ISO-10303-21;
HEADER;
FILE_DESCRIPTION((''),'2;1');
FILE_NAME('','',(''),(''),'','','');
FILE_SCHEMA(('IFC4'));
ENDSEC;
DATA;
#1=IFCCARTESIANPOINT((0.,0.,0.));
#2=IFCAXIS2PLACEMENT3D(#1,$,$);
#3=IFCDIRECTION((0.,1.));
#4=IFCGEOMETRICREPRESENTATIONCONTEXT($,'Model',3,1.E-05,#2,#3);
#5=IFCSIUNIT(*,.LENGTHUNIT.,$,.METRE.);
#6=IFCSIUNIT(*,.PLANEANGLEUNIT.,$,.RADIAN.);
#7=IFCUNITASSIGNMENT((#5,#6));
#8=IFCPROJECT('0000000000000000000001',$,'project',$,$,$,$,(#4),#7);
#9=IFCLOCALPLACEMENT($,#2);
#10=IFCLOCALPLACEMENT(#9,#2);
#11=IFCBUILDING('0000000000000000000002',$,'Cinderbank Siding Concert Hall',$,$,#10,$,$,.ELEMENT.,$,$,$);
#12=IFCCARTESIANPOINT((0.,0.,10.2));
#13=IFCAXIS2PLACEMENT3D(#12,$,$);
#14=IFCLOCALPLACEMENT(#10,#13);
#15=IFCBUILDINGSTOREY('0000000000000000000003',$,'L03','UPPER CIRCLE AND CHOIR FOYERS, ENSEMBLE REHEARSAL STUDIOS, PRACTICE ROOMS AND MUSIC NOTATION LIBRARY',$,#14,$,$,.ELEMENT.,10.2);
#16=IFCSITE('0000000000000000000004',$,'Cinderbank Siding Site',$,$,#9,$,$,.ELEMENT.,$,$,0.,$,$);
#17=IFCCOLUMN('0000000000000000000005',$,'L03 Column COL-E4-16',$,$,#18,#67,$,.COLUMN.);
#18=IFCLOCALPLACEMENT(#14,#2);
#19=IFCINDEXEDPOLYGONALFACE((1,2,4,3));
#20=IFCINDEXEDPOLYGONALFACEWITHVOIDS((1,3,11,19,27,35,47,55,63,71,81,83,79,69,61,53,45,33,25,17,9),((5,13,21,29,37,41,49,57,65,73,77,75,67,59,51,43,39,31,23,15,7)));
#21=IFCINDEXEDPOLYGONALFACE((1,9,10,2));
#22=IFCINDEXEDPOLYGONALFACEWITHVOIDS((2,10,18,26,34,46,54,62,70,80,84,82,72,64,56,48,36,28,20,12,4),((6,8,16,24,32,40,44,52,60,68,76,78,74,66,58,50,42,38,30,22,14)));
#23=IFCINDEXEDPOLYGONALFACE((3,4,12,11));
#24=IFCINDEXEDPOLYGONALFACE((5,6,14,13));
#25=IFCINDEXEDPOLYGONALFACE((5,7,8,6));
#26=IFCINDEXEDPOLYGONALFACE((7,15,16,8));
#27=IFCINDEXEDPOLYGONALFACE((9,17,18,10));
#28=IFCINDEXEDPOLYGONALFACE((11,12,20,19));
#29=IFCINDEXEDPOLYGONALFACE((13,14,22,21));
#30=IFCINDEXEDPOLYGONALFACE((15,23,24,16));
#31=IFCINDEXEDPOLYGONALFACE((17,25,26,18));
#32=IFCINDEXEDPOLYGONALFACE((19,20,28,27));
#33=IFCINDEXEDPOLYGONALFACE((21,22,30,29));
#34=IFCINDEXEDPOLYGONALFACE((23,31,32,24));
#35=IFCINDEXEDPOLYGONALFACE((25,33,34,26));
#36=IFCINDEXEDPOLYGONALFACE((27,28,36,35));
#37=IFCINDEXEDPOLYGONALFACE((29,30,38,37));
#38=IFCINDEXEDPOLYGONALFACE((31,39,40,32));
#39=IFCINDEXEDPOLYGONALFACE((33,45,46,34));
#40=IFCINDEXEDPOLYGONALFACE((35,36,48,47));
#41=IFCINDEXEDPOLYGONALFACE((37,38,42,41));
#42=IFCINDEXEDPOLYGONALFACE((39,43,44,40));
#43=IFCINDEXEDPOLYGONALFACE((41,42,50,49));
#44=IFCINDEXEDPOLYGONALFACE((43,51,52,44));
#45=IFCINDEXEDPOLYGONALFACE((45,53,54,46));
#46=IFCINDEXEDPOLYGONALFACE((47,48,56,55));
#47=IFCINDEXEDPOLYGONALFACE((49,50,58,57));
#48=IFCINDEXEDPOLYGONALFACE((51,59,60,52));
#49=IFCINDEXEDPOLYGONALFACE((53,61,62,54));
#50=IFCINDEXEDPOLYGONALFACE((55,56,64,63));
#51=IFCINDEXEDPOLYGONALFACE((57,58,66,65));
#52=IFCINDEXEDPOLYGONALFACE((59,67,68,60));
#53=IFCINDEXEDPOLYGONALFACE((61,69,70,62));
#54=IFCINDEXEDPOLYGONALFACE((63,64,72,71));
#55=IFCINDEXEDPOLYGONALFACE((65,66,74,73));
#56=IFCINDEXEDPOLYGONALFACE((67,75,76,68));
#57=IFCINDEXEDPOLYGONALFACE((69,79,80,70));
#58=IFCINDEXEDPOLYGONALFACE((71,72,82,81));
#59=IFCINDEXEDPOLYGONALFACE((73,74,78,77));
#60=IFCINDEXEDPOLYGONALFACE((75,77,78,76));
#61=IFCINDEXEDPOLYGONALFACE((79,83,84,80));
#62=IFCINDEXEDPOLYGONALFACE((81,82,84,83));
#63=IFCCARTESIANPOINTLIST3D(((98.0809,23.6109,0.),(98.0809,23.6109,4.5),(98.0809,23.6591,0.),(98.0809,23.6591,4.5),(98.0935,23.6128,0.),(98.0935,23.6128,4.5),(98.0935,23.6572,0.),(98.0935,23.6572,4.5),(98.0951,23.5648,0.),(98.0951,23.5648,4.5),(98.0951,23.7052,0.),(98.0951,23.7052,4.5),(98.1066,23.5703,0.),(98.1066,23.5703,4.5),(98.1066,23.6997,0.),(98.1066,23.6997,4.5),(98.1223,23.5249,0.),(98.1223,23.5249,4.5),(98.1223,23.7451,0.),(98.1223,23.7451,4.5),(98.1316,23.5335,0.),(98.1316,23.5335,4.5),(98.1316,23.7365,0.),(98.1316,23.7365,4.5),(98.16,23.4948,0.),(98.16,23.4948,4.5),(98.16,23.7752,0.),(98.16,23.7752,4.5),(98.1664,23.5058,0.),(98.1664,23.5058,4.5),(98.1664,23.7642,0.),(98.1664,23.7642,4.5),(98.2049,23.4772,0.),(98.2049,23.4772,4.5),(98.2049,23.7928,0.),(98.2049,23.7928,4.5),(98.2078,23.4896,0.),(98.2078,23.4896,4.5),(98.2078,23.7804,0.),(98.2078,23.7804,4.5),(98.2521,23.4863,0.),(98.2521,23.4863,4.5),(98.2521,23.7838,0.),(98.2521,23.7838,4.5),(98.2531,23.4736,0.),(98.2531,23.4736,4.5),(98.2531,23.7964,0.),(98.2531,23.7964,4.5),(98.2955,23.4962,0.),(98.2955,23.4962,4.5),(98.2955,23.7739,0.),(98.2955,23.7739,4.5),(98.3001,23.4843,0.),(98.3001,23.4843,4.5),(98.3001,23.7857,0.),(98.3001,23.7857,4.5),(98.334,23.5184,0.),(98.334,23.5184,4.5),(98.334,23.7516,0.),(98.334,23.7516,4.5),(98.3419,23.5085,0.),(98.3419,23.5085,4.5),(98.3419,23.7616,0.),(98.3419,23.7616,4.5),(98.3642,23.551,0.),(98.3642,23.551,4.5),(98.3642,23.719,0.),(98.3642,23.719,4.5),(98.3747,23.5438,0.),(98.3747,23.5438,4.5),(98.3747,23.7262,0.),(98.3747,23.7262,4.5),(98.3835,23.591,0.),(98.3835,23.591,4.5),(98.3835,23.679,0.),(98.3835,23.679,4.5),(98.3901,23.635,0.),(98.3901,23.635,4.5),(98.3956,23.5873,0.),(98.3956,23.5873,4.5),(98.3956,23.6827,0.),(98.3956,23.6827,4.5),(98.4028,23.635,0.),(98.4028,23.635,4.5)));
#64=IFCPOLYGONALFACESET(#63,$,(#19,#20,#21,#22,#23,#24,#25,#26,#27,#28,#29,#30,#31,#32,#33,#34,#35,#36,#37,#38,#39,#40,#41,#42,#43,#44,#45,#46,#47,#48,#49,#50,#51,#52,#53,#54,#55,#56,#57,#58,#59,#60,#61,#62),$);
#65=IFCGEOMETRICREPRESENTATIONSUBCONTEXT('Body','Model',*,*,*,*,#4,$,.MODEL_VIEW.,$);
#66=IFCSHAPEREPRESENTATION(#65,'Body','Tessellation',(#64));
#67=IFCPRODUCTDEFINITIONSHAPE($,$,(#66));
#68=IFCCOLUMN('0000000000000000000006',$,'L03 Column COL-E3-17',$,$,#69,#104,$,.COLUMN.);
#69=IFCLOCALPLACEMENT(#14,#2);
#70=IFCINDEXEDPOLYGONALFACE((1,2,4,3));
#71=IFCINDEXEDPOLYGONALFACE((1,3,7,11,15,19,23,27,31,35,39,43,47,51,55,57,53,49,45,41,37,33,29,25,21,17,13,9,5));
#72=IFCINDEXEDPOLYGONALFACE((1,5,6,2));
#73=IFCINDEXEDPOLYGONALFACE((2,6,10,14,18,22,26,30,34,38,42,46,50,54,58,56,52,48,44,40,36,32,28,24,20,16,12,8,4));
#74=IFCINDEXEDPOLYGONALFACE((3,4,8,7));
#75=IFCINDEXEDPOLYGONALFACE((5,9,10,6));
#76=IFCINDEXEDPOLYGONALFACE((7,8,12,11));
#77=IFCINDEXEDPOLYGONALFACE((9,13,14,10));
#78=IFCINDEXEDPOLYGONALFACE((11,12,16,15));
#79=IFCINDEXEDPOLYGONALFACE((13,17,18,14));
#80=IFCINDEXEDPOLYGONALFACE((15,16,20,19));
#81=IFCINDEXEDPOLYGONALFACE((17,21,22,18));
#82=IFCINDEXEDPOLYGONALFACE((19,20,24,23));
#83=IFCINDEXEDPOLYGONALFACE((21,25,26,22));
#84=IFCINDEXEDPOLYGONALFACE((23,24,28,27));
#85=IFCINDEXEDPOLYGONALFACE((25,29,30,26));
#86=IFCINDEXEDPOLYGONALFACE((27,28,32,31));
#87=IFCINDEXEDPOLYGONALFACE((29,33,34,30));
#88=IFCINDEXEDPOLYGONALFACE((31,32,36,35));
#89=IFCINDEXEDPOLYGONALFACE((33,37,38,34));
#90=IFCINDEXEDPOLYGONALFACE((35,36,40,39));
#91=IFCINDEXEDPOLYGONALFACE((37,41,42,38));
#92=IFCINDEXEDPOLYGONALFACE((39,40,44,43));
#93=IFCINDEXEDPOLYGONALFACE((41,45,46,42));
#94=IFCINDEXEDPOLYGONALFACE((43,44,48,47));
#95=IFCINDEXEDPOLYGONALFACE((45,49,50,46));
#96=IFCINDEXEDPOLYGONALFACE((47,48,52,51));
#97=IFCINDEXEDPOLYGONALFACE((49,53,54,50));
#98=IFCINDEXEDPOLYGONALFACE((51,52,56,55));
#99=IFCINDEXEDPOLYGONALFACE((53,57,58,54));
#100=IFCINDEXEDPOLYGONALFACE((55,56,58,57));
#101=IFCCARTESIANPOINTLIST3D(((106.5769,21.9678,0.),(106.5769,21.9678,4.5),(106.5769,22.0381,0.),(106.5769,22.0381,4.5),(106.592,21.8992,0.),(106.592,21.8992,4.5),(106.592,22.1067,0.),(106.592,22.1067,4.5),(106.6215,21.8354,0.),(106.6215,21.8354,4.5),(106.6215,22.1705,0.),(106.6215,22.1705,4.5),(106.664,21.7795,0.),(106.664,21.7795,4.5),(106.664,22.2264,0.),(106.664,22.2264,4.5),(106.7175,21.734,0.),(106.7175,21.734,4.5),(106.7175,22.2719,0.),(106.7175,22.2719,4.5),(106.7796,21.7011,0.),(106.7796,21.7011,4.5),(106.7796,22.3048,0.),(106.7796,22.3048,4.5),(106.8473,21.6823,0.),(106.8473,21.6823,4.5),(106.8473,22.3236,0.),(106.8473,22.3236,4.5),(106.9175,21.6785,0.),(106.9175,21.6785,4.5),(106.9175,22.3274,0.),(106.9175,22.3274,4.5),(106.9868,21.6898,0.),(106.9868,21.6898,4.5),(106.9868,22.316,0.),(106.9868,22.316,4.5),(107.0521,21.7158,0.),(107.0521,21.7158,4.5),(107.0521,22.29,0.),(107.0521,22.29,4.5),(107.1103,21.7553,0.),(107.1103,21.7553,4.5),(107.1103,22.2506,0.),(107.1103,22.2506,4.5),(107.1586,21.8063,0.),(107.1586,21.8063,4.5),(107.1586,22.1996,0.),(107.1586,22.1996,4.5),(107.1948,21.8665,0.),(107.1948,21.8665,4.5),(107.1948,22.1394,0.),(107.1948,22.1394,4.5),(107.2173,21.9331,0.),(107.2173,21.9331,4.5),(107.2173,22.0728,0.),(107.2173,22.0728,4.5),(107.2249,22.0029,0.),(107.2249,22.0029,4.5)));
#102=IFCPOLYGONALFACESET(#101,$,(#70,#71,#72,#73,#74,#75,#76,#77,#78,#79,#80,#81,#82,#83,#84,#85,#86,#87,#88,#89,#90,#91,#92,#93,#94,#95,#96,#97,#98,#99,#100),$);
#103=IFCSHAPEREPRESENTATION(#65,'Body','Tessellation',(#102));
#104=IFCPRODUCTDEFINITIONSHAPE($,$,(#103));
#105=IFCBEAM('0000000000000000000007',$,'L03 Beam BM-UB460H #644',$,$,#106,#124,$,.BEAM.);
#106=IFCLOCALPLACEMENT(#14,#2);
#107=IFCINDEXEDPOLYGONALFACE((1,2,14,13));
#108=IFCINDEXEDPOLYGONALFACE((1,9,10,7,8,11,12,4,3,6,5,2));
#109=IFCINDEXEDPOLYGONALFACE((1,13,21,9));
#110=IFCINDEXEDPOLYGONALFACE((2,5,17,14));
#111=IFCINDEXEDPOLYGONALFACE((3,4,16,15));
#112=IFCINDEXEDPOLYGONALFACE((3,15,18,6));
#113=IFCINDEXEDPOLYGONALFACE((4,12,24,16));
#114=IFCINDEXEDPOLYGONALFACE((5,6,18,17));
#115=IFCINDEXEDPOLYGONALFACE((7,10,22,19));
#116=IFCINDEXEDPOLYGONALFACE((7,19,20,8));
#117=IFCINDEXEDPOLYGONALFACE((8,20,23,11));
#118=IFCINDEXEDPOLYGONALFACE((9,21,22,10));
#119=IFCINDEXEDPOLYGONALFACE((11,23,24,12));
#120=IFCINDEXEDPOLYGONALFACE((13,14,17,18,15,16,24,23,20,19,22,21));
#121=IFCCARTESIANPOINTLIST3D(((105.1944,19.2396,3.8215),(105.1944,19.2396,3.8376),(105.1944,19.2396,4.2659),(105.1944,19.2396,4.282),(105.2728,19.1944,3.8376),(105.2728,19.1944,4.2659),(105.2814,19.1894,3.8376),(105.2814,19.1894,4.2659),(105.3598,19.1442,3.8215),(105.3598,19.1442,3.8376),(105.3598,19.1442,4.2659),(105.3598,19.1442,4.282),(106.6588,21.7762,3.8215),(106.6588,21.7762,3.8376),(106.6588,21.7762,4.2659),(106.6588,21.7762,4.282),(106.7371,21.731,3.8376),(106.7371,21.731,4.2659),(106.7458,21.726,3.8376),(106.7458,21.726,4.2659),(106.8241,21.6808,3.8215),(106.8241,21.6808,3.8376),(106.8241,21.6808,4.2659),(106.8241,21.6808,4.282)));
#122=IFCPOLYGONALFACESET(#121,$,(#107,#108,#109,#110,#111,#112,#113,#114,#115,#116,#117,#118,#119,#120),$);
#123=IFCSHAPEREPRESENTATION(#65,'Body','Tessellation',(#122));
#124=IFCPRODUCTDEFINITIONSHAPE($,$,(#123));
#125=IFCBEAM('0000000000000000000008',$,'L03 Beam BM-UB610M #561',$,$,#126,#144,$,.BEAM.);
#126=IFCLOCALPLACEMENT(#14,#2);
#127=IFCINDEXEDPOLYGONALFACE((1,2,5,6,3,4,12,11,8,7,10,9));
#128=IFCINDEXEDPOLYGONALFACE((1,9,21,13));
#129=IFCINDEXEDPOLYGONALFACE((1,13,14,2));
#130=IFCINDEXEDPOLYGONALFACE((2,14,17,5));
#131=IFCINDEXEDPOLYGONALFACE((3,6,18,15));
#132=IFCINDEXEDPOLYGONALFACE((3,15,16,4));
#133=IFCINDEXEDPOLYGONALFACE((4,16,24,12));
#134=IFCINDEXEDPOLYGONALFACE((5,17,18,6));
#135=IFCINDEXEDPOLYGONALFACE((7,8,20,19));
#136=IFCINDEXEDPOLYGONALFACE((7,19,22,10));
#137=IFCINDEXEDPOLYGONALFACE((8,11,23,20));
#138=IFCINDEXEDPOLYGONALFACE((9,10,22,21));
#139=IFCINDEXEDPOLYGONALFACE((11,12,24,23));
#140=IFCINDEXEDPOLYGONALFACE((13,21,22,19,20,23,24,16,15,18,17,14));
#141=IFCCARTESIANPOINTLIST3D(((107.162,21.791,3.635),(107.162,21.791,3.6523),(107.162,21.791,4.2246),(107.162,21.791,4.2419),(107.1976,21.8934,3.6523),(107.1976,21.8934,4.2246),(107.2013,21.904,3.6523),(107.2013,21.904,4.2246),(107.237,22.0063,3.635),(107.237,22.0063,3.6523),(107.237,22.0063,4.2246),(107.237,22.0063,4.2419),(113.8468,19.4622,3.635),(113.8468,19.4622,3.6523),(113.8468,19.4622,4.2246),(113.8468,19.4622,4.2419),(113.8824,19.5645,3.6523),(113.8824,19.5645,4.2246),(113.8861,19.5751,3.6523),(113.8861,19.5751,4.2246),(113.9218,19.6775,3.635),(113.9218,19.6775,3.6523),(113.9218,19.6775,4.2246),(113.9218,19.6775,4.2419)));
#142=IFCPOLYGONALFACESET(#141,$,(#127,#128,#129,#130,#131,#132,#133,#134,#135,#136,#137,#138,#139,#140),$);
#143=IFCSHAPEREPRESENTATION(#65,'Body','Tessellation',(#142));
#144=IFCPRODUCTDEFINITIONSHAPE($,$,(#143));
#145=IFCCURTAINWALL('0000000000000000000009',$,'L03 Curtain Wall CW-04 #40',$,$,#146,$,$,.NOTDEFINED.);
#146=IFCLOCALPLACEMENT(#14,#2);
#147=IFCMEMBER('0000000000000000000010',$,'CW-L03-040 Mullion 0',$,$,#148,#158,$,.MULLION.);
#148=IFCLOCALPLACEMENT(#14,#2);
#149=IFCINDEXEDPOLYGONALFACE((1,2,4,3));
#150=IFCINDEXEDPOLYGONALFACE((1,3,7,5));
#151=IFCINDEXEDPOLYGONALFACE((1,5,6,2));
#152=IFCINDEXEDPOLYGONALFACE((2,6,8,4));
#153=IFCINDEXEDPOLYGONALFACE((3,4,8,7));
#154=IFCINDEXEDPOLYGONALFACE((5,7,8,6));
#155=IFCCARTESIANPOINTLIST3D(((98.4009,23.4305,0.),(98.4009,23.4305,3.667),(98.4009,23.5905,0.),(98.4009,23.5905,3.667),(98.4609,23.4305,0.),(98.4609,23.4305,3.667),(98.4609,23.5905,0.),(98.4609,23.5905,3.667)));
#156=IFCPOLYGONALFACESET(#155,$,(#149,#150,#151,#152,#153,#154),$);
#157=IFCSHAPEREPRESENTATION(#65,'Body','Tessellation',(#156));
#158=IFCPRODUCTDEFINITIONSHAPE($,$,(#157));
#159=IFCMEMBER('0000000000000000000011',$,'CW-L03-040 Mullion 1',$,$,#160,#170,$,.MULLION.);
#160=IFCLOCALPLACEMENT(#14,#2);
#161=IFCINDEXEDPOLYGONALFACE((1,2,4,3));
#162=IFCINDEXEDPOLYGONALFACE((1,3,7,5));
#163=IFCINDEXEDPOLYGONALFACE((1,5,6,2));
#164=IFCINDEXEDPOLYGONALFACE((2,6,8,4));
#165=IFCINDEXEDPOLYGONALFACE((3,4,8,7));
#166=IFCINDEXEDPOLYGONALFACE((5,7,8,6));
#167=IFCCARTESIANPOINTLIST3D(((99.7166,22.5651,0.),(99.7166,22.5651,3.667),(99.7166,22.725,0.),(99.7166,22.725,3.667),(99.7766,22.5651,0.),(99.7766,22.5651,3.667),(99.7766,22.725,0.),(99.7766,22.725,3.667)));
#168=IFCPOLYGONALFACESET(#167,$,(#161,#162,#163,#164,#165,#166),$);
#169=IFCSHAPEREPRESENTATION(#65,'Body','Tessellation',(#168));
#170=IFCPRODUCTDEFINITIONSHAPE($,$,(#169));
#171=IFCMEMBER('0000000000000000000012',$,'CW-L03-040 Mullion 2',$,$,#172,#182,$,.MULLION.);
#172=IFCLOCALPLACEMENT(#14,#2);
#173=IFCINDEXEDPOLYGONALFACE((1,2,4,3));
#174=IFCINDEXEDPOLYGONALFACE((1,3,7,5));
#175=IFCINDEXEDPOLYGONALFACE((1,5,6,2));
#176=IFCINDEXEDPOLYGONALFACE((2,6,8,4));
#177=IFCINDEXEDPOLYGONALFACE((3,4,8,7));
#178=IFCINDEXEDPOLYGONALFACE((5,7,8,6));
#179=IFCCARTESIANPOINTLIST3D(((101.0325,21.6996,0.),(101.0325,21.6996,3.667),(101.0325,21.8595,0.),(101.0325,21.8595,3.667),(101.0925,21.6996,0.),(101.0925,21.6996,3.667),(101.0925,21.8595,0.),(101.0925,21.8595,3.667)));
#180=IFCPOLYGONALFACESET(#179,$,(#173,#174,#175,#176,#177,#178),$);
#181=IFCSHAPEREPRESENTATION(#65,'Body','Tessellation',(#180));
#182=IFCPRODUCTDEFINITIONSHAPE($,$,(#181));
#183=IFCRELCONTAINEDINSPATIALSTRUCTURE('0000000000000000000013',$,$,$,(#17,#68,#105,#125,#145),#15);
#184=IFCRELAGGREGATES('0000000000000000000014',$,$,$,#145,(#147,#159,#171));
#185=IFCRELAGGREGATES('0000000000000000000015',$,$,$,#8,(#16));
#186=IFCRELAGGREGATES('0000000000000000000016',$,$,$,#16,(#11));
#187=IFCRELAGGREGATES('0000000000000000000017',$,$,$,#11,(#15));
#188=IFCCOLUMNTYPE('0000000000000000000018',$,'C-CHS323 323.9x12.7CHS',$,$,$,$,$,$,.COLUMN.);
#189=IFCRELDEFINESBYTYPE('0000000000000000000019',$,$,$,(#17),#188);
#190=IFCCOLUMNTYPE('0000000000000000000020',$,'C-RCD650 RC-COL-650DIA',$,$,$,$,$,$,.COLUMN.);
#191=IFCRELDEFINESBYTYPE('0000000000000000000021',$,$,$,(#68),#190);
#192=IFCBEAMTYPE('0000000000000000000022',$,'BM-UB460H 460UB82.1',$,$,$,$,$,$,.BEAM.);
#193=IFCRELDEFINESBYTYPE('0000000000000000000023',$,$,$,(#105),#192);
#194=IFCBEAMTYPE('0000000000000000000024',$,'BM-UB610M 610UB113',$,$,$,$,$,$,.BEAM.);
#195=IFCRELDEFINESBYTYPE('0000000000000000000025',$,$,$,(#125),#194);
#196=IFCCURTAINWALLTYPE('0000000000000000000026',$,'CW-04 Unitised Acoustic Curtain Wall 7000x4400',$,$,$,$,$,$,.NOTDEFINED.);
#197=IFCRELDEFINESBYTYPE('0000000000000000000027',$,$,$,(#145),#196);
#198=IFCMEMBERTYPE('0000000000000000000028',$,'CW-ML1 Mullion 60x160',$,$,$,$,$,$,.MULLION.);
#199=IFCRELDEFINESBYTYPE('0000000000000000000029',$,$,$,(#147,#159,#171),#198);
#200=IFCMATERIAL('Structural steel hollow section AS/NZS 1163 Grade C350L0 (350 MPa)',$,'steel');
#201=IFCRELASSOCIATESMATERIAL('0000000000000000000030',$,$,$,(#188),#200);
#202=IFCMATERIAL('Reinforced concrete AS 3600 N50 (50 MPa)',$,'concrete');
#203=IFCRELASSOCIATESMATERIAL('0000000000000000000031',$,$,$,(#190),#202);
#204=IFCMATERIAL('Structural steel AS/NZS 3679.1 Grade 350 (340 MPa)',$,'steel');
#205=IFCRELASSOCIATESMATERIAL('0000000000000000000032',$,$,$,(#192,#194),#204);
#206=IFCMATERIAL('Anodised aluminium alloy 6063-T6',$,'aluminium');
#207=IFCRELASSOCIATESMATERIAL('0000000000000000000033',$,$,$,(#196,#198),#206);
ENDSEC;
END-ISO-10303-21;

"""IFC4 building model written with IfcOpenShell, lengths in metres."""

from ifc_helpers import new_model, si_unit, direction, frame, origin, origin_2d, place, context, subcontext, project, spatial, rectangle, circle, hollow_circle, i_section, extrude, material, material_profile, profile_set, type_object, element, aggregate, save


model = new_model("IFC4")

# Units and contexts
model_context = context("Model", 3, precision=1e-05, world=origin(), true_north=direction((0.0, 1.0)))
body_context = subcontext(model_context, "Body", "Model", "MODEL_VIEW")
ifc_project = project(units=[si_unit("LENGTHUNIT", "METRE"), si_unit("PLANEANGLEUNIT", "RADIAN")], contexts=[model_context])

# Site, building, storey
site_placement = place(None, origin())
site = spatial("IfcSite", under=ifc_project, at=site_placement, Name="Cinderbank Siding Site", CompositionType="ELEMENT", RefElevation=0.0)
building_placement = place(site_placement, origin())
building = spatial("IfcBuilding", under=site, at=building_placement, Name="Cinderbank Siding Concert Hall", CompositionType="ELEMENT")
storey_placement = place(building_placement, frame((0.0, 0.0, 10.2)))
storey = spatial("IfcBuildingStorey", under=building, at=storey_placement, Name="L03", Description="UPPER CIRCLE AND CHOIR FOYERS, ENSEMBLE REHEARSAL STUDIOS, PRACTICE ROOMS AND MUSIC NOTATION LIBRARY", CompositionType="ELEMENT", Elevation=10.2)

# Columns
ifc_material_1 = material(Name="Structural steel hollow section AS/NZS 1163 Grade C350L0 (350 MPa)", Category="steel")
ifc_material_profile_1 = material_profile(ifc_material_1, hollow_circle(Radius=0.1619, WallThickness=0.0127, at=origin_2d()), Name="323.9x12.7CHS", Category="LoadBearing")
ifc_profile_set_1 = profile_set([ifc_material_profile_1], Name="Structural steel hollow section AS/NZS 1163 Grade C350L0 (350 MPa)")
column_type_1 = type_object("IfcColumnType", Name="C-CHS323 323.9x12.7CHS", PredefinedType="COLUMN", material=ifc_profile_set_1)
column_1_placement = place(storey_placement, frame((98.241, 23.635, 0.0), z_axis=(0.0, 0.0, 1.0), x_axis=(1.0, 0.0, 0.0)))
element("IfcColumn", 1, at=column_1_placement, inside=storey, type_object=column_type_1, Name="L03 Column COL-E4-16", PredefinedType="COLUMN", context=body_context, shape_type="SweptSolid", body=[
    extrude(hollow_circle(Radius=0.1619, WallThickness=0.0127, at=origin_2d()), origin(), (0.0, 0.0, 1.0), 4.5),
])
ifc_material_2 = material(Name="Reinforced concrete AS 3600 N50 (50 MPa)", Category="concrete")
ifc_material_profile_2 = material_profile(ifc_material_2, circle(Radius=0.325, at=origin_2d()), Name="RC-COL-650DIA", Category="LoadBearing")
ifc_profile_set_2 = profile_set([ifc_material_profile_2], Name="Reinforced concrete AS 3600 N50 (50 MPa)")
column_type_2 = type_object("IfcColumnType", Name="C-RCD650 RC-COL-650DIA", PredefinedType="COLUMN", material=ifc_profile_set_2)
column_2_placement = place(storey_placement, frame((106.8999, 22.0029, 0.0), z_axis=(0.0, 0.0, 1.0), x_axis=(1.0, 0.0, 0.0)))
element("IfcColumn", 2, at=column_2_placement, inside=storey, type_object=column_type_2, Name="L03 Column COL-E3-17", PredefinedType="COLUMN", context=body_context, shape_type="SweptSolid", body=[
    extrude(circle(Radius=0.325, at=origin_2d()), origin(), (0.0, 0.0, 1.0), 4.5),
])

# Beams
ifc_material_3 = material(Name="Structural steel AS/NZS 3679.1 Grade 350 (340 MPa)", Category="steel")
ifc_material_profile_3 = material_profile(ifc_material_3, i_section(OverallWidth=0.1909, OverallDepth=0.4604, WebThickness=0.01, FlangeThickness=0.0161, at=origin_2d()), Name="460UB82.1", Category="LoadBearing")
ifc_profile_set_3 = profile_set([ifc_material_profile_3], Name="Structural steel AS/NZS 3679.1 Grade 350 (340 MPa)")
beam_type_1 = type_object("IfcBeamType", Name="BM-UB460H 460UB82.1", PredefinedType="BEAM", material=ifc_profile_set_3)
beam_1_placement = place(storey_placement, frame((106.7415, 21.7285, 4.0518), z_axis=(-0.499958, -0.86605, 0.0), x_axis=(0.86605, -0.499958, 0.0)))
element("IfcBeam", 3, at=beam_1_placement, inside=storey, type_object=beam_type_1, Name="L03 Beam BM-UB460H #644", PredefinedType="BEAM", context=body_context, shape_type="SweptSolid", body=[
    extrude(i_section(OverallWidth=0.1909, OverallDepth=0.4604, WebThickness=0.01, FlangeThickness=0.0161, at=origin_2d()), origin(), (0.0, 0.0, 1.0), 2.929),
])
ifc_material_profile_4 = material_profile(ifc_material_3, i_section(OverallWidth=0.228, OverallDepth=0.6069, WebThickness=0.0112, FlangeThickness=0.0173, at=origin_2d()), Name="610UB113", Category="LoadBearing")
ifc_profile_set_4 = profile_set([ifc_material_profile_4], Name="Structural steel AS/NZS 3679.1 Grade 350 (340 MPa)")
beam_type_2 = type_object("IfcBeamType", Name="BM-UB610M 610UB113", PredefinedType="BEAM", material=ifc_profile_set_4)
beam_2_placement = place(storey_placement, frame((107.1995, 21.8987, 3.9385), z_axis=(0.944334, -0.328987, 0.0), x_axis=(0.328987, 0.944334, 0.0)))
element("IfcBeam", 4, at=beam_2_placement, inside=storey, type_object=beam_type_2, Name="L03 Beam BM-UB610M #561", PredefinedType="BEAM", context=body_context, shape_type="SweptSolid", body=[
    extrude(i_section(OverallWidth=0.228, OverallDepth=0.6069, WebThickness=0.0112, FlangeThickness=0.0173, at=origin_2d()), origin(), (0.0, 0.0, 1.0), 7.0789),
])

# Curtain wall, members
ifc_material_4 = material(Name="Anodised aluminium alloy 6063-T6", Category="aluminium")
curtain_wall_type_1 = type_object("IfcCurtainWallType", Name="CW-04 Unitised Acoustic Curtain Wall 7000x4400", PredefinedType="NOTDEFINED", material=ifc_material_4)
curtain_wall_1_placement = place(storey_placement, origin())
curtain_wall_1 = element("IfcCurtainWall", 5, at=curtain_wall_1_placement, inside=storey, type_object=curtain_wall_type_1, Name="L03 Curtain Wall CW-04 #40", PredefinedType="NOTDEFINED")
ifc_material_profile_5 = material_profile(ifc_material_4, rectangle(XDim=0.0601, YDim=0.1599, at=origin_2d()), Name="ALU-MULL-60x160", Category="LoadBearing")
ifc_profile_set_5 = profile_set([ifc_material_profile_5], Name="Anodised aluminium alloy 6063-T6")
member_type_1 = type_object("IfcMemberType", Name="CW-ML1 Mullion 60x160", PredefinedType="MULLION", material=ifc_profile_set_5)
member_1_placement = place(storey_placement, frame((98.4309, 23.5105, 0.0), z_axis=(0.0, 0.0, 1.0), x_axis=(1.0, 0.0, 0.0)))
member_1 = element("IfcMember", 6, at=member_1_placement, type_object=member_type_1, Name="CW-L03-040 Mullion 0", PredefinedType="MULLION", context=body_context, shape_type="SweptSolid", body=[
    extrude(rectangle(XDim=0.0601, YDim=0.1599, at=origin_2d()), origin(), (0.0, 0.0, 1.0), 3.667),
])
member_2_placement = place(storey_placement, frame((99.7466, 22.645, 0.0), z_axis=(0.0, 0.0, 1.0), x_axis=(1.0, 0.0, 0.0)))
member_2 = element("IfcMember", 7, at=member_2_placement, type_object=member_type_1, Name="CW-L03-040 Mullion 1", PredefinedType="MULLION", context=body_context, shape_type="SweptSolid", body=[
    extrude(rectangle(XDim=0.0601, YDim=0.1599, at=origin_2d()), origin(), (0.0, 0.0, 1.0), 3.667),
])
member_3_placement = place(storey_placement, frame((101.0625, 21.7795, 0.0), z_axis=(0.0, 0.0, 1.0), x_axis=(1.0, 0.0, 0.0)))
member_3 = element("IfcMember", 8, at=member_3_placement, type_object=member_type_1, Name="CW-L03-040 Mullion 2", PredefinedType="MULLION", context=body_context, shape_type="SweptSolid", body=[
    extrude(rectangle(XDim=0.0601, YDim=0.1599, at=origin_2d()), origin(), (0.0, 0.0, 1.0), 3.667),
])

aggregate(curtain_wall_1, [member_1, member_2, member_3])

save(model, "model.ifc")
